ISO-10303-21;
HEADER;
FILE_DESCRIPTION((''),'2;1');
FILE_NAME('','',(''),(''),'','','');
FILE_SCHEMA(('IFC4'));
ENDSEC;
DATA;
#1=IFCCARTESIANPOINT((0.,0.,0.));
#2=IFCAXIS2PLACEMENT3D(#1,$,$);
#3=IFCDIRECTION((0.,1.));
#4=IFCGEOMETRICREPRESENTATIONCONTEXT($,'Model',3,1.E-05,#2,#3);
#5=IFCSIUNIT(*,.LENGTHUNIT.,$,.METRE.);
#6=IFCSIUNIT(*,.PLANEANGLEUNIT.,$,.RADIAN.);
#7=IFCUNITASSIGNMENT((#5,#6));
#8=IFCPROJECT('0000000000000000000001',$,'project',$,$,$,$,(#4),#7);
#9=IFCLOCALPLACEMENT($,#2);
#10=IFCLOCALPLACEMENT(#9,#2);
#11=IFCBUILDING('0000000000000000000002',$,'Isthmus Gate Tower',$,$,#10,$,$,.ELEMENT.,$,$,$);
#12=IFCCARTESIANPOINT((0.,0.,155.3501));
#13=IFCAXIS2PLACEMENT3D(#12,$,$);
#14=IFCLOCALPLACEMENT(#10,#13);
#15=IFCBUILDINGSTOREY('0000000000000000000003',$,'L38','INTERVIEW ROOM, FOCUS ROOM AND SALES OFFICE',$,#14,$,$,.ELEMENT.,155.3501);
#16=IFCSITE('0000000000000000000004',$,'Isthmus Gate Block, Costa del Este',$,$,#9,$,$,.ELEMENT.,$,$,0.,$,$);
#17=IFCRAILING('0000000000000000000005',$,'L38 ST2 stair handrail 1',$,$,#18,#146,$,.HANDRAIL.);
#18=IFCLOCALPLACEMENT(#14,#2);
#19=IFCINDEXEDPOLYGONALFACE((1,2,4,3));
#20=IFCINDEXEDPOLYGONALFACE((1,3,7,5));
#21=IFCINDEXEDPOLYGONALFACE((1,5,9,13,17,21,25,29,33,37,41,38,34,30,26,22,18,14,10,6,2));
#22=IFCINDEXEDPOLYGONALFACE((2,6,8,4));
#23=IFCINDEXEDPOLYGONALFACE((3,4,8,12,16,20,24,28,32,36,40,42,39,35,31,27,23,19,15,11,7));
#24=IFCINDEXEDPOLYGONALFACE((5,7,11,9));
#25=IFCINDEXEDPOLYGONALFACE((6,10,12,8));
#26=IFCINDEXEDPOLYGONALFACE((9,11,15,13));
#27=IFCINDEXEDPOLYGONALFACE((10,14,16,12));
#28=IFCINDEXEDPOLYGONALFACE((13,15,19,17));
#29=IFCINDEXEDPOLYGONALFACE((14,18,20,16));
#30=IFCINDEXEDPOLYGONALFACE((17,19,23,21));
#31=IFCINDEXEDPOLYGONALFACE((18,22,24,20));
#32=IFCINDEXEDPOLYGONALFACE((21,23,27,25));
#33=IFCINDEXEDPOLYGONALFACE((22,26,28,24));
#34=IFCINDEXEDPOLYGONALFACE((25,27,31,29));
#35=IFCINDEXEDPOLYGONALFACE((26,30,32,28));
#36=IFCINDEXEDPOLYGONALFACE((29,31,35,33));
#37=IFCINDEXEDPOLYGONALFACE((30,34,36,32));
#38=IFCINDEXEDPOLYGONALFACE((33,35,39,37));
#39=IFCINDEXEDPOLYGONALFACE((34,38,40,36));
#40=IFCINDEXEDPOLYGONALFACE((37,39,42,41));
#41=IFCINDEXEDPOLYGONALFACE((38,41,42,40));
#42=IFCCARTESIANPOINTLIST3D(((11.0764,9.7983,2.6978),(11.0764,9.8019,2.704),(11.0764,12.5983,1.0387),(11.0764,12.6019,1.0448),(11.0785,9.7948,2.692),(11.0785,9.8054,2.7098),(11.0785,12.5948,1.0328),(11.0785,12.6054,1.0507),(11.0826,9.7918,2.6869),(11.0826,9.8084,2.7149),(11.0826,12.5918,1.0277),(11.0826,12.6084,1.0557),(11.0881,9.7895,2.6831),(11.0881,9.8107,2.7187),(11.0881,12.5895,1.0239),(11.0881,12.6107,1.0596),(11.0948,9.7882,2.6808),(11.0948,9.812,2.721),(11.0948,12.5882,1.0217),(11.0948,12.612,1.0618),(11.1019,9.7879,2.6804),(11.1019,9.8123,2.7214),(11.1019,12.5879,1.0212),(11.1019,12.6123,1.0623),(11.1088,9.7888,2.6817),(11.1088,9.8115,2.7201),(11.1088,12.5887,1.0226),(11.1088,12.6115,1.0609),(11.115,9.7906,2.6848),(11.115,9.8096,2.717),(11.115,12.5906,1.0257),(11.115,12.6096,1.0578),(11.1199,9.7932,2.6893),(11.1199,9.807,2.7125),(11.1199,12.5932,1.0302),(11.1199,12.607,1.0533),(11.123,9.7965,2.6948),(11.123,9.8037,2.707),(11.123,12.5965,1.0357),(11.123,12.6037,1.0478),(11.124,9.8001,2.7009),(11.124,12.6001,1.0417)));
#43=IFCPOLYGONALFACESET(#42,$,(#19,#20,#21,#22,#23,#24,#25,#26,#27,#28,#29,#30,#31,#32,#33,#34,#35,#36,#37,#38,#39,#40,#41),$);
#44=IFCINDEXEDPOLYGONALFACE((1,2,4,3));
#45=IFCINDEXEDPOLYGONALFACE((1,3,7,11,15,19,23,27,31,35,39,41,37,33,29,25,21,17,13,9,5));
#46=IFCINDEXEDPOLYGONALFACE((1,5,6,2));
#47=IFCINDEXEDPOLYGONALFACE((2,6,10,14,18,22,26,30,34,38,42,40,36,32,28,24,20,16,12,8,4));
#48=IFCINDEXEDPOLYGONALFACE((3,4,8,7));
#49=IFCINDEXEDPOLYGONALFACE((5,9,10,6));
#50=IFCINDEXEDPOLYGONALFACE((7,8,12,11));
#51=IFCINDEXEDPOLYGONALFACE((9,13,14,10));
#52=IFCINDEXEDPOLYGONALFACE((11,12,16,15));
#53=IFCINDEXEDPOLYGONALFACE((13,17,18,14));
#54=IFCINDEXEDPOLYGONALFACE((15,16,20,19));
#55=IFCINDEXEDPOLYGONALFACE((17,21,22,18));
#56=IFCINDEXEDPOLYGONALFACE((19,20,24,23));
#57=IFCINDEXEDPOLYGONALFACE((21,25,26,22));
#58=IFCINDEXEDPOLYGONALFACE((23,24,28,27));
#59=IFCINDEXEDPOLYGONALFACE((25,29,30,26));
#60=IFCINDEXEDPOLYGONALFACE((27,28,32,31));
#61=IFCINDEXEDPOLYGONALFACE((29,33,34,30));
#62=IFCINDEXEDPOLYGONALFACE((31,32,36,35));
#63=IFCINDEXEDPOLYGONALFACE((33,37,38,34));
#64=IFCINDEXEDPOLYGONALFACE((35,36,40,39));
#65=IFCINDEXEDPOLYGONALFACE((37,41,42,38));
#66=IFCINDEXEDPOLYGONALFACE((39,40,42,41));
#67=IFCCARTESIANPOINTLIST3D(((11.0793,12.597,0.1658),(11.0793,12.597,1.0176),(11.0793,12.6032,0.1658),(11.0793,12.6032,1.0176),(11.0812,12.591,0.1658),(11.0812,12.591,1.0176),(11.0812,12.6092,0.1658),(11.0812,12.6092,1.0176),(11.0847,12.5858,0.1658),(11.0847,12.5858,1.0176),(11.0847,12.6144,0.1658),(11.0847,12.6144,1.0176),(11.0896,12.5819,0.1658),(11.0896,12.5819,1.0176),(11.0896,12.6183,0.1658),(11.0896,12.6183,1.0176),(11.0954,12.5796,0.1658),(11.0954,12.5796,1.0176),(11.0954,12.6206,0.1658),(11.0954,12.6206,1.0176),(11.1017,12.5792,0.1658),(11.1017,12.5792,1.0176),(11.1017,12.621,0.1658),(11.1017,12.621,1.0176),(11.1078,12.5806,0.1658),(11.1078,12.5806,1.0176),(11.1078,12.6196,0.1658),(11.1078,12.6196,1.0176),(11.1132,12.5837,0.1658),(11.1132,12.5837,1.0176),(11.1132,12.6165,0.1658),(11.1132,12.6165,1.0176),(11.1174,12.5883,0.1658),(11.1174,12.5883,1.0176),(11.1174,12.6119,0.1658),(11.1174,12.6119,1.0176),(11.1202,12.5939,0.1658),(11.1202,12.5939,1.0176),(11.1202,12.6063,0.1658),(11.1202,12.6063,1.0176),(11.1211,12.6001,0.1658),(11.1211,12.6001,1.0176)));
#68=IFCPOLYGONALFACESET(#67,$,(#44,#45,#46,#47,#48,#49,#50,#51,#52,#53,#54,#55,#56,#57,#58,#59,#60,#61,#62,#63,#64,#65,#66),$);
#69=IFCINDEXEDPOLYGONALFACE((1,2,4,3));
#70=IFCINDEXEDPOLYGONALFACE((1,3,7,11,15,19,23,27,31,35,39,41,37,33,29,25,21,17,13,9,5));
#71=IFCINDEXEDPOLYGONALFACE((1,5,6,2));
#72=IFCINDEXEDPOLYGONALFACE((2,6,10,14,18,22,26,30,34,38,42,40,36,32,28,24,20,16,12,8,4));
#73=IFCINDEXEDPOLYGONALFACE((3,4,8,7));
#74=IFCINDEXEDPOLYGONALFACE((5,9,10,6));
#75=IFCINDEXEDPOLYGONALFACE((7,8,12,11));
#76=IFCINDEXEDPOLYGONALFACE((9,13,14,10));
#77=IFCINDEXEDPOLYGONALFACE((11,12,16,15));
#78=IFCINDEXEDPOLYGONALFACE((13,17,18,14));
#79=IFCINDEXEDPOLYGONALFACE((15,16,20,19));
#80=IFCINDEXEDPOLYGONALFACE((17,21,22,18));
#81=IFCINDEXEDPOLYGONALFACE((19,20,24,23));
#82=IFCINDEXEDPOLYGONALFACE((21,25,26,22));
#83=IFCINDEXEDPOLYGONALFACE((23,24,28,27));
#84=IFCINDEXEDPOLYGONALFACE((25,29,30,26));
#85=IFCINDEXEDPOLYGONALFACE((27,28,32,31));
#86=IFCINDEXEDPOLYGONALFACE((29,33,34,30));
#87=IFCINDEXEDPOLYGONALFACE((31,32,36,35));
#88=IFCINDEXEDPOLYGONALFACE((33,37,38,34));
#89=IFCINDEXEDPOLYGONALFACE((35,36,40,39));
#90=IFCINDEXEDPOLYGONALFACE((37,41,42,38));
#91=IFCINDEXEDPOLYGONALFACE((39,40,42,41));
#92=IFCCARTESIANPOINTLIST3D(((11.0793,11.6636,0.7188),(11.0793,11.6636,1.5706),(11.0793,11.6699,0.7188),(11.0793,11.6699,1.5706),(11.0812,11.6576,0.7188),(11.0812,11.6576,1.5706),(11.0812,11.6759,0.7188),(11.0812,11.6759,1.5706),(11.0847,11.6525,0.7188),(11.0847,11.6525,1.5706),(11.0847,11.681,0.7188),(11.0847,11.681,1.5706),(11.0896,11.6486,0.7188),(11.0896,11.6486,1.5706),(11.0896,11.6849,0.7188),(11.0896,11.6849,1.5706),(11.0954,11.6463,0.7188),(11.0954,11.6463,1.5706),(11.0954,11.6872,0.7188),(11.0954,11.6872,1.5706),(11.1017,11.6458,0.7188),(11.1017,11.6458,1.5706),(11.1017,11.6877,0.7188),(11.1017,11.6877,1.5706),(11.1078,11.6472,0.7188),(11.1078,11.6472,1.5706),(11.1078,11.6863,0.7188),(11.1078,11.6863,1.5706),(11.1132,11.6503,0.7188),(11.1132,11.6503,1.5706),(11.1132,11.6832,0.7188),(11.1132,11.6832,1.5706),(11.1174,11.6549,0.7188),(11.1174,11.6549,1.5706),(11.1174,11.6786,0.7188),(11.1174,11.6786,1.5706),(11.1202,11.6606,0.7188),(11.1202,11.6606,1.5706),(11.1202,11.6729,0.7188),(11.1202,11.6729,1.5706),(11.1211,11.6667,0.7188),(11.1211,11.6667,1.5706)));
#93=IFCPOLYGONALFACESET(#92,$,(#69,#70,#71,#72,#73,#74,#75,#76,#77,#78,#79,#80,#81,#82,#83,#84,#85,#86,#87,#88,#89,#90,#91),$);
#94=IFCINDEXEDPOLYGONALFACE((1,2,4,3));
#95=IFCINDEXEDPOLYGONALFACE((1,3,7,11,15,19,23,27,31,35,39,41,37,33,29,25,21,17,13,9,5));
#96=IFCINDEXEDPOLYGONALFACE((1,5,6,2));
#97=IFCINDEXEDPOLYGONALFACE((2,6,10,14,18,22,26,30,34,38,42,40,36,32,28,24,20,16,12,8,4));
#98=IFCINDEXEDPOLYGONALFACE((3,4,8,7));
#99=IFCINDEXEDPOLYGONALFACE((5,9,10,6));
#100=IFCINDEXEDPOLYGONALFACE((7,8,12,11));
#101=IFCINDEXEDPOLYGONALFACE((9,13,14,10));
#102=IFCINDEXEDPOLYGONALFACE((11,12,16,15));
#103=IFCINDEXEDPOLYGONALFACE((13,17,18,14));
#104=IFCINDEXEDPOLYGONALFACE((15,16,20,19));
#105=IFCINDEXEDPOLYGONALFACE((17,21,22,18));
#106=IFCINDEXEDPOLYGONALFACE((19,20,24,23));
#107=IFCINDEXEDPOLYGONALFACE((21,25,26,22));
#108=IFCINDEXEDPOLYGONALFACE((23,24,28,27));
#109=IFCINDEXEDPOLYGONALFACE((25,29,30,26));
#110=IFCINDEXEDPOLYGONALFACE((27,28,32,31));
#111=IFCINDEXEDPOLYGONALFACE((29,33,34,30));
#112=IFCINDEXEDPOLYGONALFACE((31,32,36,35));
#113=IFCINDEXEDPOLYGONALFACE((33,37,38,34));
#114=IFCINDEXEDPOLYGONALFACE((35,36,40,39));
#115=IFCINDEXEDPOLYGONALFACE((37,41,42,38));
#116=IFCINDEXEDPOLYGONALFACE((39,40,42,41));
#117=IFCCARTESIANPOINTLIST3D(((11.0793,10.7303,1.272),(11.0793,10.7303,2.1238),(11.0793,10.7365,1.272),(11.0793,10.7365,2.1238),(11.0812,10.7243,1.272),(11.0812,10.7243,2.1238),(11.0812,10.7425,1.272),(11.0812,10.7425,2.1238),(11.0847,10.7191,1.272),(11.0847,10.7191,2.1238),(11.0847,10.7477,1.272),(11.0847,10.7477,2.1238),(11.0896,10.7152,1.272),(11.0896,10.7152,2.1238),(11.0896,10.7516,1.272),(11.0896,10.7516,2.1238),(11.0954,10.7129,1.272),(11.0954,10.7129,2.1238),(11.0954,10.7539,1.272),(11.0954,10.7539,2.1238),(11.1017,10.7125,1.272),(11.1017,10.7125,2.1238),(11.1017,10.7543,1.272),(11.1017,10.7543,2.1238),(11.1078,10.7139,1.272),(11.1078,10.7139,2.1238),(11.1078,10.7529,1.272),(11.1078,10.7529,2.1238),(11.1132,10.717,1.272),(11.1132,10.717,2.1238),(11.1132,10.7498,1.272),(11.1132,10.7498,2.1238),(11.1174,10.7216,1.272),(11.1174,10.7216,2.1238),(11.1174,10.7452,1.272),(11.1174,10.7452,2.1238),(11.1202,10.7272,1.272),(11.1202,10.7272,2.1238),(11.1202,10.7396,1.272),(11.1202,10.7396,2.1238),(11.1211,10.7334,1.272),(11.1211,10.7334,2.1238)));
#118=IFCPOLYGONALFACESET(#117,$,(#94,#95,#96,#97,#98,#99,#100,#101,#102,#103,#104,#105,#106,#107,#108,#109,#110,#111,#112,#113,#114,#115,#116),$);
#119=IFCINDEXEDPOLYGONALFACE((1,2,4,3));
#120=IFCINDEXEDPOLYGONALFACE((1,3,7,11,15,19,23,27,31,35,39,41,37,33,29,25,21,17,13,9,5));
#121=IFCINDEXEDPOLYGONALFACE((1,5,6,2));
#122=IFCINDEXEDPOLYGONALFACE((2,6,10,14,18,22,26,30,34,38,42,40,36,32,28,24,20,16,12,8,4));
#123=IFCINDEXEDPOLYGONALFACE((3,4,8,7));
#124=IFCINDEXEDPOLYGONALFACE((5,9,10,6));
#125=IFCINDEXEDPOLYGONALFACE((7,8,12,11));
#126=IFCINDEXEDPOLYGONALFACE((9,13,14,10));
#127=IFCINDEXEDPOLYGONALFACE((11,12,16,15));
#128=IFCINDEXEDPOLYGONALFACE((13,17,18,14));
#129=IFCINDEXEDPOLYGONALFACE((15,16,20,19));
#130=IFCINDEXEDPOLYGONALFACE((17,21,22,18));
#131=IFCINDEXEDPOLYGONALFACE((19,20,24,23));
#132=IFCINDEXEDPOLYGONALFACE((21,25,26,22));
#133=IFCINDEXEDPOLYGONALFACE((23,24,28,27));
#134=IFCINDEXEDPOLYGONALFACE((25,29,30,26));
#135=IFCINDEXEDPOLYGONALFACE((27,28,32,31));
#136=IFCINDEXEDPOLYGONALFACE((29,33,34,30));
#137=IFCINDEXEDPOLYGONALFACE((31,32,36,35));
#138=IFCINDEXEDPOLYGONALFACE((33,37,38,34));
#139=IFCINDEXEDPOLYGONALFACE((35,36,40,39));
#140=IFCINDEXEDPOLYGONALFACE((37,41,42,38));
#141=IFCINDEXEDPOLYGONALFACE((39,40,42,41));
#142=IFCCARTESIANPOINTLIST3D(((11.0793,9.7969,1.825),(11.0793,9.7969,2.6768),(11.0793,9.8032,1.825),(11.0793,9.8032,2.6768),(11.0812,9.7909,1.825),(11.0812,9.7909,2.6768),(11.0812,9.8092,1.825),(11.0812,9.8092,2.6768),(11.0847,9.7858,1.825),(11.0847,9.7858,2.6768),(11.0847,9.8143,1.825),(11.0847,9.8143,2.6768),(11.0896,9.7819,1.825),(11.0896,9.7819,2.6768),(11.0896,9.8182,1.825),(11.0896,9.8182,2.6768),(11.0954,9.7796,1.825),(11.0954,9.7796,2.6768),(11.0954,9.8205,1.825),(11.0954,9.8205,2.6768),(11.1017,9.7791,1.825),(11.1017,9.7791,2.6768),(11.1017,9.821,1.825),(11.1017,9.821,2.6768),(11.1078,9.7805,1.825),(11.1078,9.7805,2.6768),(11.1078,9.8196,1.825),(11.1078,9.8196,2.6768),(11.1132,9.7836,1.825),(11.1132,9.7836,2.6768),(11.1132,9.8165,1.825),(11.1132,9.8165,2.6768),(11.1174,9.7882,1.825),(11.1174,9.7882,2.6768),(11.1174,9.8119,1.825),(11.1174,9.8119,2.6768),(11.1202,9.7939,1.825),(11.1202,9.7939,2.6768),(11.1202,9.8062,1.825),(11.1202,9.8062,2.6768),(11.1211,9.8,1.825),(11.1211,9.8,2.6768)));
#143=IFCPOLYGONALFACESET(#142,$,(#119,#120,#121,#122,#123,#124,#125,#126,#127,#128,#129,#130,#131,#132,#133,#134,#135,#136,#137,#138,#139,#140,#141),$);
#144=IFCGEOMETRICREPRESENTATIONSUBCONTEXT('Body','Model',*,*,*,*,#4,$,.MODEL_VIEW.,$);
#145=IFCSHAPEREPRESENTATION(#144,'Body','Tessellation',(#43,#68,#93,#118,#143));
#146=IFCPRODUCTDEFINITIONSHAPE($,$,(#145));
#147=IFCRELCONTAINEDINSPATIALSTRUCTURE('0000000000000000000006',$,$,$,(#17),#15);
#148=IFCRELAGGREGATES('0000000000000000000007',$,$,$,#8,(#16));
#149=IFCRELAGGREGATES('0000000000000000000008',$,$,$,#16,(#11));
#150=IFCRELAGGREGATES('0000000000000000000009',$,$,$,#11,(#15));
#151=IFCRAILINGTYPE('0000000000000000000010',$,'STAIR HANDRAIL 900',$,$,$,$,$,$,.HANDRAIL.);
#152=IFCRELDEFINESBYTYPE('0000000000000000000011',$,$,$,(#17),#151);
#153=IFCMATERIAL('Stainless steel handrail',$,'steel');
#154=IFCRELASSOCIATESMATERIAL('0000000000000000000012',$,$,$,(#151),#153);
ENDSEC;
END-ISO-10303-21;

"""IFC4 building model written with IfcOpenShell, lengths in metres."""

from ifc_helpers import new_model, si_unit, direction, frame, origin, origin_2d, place, context, subcontext, project, spatial, circle, extrude, material, type_object, element, save


model = new_model("IFC4")

# Units and contexts
model_context = context("Model", 3, precision=1e-05, world=origin(), true_north=direction((0.0, 1.0)))
body_context = subcontext(model_context, "Body", "Model", "MODEL_VIEW")
ifc_project = project(units=[si_unit("LENGTHUNIT", "METRE"), si_unit("PLANEANGLEUNIT", "RADIAN")], contexts=[model_context])

# Site, building, storey
site_placement = place(None, origin())
site = spatial("IfcSite", under=ifc_project, at=site_placement, Name="Isthmus Gate Block, Costa del Este", CompositionType="ELEMENT", RefElevation=0.0)
building_placement = place(site_placement, origin())
building = spatial("IfcBuilding", under=site, at=building_placement, Name="Isthmus Gate Tower", CompositionType="ELEMENT")
storey_placement = place(building_placement, frame((0.0, 0.0, 155.3501)))
storey = spatial("IfcBuildingStorey", under=building, at=storey_placement, Name="L38", Description="INTERVIEW ROOM, FOCUS ROOM AND SALES OFFICE", CompositionType="ELEMENT", Elevation=155.3501)

# Railing
ifc_material_1 = material(Name="Stainless steel handrail", Category="steel")
railing_type_1 = type_object("IfcRailingType", Name="STAIR HANDRAIL 900", PredefinedType="HANDRAIL", material=ifc_material_1)
railing_1_placement = place(storey_placement, frame((11.1001, 12.6001, 0.1658)))
element("IfcRailing", 1, at=railing_1_placement, inside=storey, type_object=railing_type_1, Name="L38 ST2 stair handrail 1", PredefinedType="HANDRAIL", context=body_context, shape_type="SweptSolid", body=[
    extrude(circle(Radius=0.0239, at=origin_2d()), frame((0.0, 0.0, 0.876), z_axis=(0.0, -0.860306, 0.509778), x_axis=(1.0, 0.0, 0.0)), (0.0, 0.0, 1.0), 3.2546),
    extrude(circle(Radius=0.021, at=origin_2d()), origin(), (0.0, 0.0, 1.0), 0.8518),
    extrude(circle(Radius=0.021, at=origin_2d()), frame((0.0, -0.9333, 0.553)), (0.0, 0.0, 1.0), 0.8518),
    extrude(circle(Radius=0.021, at=origin_2d()), frame((0.0, -1.8667, 1.1062)), (0.0, 0.0, 1.0), 0.8518),
    extrude(circle(Radius=0.021, at=origin_2d()), frame((0.0, -2.8, 1.6592)), (0.0, 0.0, 1.0), 0.8518),
])

save(model, "model.ifc")
